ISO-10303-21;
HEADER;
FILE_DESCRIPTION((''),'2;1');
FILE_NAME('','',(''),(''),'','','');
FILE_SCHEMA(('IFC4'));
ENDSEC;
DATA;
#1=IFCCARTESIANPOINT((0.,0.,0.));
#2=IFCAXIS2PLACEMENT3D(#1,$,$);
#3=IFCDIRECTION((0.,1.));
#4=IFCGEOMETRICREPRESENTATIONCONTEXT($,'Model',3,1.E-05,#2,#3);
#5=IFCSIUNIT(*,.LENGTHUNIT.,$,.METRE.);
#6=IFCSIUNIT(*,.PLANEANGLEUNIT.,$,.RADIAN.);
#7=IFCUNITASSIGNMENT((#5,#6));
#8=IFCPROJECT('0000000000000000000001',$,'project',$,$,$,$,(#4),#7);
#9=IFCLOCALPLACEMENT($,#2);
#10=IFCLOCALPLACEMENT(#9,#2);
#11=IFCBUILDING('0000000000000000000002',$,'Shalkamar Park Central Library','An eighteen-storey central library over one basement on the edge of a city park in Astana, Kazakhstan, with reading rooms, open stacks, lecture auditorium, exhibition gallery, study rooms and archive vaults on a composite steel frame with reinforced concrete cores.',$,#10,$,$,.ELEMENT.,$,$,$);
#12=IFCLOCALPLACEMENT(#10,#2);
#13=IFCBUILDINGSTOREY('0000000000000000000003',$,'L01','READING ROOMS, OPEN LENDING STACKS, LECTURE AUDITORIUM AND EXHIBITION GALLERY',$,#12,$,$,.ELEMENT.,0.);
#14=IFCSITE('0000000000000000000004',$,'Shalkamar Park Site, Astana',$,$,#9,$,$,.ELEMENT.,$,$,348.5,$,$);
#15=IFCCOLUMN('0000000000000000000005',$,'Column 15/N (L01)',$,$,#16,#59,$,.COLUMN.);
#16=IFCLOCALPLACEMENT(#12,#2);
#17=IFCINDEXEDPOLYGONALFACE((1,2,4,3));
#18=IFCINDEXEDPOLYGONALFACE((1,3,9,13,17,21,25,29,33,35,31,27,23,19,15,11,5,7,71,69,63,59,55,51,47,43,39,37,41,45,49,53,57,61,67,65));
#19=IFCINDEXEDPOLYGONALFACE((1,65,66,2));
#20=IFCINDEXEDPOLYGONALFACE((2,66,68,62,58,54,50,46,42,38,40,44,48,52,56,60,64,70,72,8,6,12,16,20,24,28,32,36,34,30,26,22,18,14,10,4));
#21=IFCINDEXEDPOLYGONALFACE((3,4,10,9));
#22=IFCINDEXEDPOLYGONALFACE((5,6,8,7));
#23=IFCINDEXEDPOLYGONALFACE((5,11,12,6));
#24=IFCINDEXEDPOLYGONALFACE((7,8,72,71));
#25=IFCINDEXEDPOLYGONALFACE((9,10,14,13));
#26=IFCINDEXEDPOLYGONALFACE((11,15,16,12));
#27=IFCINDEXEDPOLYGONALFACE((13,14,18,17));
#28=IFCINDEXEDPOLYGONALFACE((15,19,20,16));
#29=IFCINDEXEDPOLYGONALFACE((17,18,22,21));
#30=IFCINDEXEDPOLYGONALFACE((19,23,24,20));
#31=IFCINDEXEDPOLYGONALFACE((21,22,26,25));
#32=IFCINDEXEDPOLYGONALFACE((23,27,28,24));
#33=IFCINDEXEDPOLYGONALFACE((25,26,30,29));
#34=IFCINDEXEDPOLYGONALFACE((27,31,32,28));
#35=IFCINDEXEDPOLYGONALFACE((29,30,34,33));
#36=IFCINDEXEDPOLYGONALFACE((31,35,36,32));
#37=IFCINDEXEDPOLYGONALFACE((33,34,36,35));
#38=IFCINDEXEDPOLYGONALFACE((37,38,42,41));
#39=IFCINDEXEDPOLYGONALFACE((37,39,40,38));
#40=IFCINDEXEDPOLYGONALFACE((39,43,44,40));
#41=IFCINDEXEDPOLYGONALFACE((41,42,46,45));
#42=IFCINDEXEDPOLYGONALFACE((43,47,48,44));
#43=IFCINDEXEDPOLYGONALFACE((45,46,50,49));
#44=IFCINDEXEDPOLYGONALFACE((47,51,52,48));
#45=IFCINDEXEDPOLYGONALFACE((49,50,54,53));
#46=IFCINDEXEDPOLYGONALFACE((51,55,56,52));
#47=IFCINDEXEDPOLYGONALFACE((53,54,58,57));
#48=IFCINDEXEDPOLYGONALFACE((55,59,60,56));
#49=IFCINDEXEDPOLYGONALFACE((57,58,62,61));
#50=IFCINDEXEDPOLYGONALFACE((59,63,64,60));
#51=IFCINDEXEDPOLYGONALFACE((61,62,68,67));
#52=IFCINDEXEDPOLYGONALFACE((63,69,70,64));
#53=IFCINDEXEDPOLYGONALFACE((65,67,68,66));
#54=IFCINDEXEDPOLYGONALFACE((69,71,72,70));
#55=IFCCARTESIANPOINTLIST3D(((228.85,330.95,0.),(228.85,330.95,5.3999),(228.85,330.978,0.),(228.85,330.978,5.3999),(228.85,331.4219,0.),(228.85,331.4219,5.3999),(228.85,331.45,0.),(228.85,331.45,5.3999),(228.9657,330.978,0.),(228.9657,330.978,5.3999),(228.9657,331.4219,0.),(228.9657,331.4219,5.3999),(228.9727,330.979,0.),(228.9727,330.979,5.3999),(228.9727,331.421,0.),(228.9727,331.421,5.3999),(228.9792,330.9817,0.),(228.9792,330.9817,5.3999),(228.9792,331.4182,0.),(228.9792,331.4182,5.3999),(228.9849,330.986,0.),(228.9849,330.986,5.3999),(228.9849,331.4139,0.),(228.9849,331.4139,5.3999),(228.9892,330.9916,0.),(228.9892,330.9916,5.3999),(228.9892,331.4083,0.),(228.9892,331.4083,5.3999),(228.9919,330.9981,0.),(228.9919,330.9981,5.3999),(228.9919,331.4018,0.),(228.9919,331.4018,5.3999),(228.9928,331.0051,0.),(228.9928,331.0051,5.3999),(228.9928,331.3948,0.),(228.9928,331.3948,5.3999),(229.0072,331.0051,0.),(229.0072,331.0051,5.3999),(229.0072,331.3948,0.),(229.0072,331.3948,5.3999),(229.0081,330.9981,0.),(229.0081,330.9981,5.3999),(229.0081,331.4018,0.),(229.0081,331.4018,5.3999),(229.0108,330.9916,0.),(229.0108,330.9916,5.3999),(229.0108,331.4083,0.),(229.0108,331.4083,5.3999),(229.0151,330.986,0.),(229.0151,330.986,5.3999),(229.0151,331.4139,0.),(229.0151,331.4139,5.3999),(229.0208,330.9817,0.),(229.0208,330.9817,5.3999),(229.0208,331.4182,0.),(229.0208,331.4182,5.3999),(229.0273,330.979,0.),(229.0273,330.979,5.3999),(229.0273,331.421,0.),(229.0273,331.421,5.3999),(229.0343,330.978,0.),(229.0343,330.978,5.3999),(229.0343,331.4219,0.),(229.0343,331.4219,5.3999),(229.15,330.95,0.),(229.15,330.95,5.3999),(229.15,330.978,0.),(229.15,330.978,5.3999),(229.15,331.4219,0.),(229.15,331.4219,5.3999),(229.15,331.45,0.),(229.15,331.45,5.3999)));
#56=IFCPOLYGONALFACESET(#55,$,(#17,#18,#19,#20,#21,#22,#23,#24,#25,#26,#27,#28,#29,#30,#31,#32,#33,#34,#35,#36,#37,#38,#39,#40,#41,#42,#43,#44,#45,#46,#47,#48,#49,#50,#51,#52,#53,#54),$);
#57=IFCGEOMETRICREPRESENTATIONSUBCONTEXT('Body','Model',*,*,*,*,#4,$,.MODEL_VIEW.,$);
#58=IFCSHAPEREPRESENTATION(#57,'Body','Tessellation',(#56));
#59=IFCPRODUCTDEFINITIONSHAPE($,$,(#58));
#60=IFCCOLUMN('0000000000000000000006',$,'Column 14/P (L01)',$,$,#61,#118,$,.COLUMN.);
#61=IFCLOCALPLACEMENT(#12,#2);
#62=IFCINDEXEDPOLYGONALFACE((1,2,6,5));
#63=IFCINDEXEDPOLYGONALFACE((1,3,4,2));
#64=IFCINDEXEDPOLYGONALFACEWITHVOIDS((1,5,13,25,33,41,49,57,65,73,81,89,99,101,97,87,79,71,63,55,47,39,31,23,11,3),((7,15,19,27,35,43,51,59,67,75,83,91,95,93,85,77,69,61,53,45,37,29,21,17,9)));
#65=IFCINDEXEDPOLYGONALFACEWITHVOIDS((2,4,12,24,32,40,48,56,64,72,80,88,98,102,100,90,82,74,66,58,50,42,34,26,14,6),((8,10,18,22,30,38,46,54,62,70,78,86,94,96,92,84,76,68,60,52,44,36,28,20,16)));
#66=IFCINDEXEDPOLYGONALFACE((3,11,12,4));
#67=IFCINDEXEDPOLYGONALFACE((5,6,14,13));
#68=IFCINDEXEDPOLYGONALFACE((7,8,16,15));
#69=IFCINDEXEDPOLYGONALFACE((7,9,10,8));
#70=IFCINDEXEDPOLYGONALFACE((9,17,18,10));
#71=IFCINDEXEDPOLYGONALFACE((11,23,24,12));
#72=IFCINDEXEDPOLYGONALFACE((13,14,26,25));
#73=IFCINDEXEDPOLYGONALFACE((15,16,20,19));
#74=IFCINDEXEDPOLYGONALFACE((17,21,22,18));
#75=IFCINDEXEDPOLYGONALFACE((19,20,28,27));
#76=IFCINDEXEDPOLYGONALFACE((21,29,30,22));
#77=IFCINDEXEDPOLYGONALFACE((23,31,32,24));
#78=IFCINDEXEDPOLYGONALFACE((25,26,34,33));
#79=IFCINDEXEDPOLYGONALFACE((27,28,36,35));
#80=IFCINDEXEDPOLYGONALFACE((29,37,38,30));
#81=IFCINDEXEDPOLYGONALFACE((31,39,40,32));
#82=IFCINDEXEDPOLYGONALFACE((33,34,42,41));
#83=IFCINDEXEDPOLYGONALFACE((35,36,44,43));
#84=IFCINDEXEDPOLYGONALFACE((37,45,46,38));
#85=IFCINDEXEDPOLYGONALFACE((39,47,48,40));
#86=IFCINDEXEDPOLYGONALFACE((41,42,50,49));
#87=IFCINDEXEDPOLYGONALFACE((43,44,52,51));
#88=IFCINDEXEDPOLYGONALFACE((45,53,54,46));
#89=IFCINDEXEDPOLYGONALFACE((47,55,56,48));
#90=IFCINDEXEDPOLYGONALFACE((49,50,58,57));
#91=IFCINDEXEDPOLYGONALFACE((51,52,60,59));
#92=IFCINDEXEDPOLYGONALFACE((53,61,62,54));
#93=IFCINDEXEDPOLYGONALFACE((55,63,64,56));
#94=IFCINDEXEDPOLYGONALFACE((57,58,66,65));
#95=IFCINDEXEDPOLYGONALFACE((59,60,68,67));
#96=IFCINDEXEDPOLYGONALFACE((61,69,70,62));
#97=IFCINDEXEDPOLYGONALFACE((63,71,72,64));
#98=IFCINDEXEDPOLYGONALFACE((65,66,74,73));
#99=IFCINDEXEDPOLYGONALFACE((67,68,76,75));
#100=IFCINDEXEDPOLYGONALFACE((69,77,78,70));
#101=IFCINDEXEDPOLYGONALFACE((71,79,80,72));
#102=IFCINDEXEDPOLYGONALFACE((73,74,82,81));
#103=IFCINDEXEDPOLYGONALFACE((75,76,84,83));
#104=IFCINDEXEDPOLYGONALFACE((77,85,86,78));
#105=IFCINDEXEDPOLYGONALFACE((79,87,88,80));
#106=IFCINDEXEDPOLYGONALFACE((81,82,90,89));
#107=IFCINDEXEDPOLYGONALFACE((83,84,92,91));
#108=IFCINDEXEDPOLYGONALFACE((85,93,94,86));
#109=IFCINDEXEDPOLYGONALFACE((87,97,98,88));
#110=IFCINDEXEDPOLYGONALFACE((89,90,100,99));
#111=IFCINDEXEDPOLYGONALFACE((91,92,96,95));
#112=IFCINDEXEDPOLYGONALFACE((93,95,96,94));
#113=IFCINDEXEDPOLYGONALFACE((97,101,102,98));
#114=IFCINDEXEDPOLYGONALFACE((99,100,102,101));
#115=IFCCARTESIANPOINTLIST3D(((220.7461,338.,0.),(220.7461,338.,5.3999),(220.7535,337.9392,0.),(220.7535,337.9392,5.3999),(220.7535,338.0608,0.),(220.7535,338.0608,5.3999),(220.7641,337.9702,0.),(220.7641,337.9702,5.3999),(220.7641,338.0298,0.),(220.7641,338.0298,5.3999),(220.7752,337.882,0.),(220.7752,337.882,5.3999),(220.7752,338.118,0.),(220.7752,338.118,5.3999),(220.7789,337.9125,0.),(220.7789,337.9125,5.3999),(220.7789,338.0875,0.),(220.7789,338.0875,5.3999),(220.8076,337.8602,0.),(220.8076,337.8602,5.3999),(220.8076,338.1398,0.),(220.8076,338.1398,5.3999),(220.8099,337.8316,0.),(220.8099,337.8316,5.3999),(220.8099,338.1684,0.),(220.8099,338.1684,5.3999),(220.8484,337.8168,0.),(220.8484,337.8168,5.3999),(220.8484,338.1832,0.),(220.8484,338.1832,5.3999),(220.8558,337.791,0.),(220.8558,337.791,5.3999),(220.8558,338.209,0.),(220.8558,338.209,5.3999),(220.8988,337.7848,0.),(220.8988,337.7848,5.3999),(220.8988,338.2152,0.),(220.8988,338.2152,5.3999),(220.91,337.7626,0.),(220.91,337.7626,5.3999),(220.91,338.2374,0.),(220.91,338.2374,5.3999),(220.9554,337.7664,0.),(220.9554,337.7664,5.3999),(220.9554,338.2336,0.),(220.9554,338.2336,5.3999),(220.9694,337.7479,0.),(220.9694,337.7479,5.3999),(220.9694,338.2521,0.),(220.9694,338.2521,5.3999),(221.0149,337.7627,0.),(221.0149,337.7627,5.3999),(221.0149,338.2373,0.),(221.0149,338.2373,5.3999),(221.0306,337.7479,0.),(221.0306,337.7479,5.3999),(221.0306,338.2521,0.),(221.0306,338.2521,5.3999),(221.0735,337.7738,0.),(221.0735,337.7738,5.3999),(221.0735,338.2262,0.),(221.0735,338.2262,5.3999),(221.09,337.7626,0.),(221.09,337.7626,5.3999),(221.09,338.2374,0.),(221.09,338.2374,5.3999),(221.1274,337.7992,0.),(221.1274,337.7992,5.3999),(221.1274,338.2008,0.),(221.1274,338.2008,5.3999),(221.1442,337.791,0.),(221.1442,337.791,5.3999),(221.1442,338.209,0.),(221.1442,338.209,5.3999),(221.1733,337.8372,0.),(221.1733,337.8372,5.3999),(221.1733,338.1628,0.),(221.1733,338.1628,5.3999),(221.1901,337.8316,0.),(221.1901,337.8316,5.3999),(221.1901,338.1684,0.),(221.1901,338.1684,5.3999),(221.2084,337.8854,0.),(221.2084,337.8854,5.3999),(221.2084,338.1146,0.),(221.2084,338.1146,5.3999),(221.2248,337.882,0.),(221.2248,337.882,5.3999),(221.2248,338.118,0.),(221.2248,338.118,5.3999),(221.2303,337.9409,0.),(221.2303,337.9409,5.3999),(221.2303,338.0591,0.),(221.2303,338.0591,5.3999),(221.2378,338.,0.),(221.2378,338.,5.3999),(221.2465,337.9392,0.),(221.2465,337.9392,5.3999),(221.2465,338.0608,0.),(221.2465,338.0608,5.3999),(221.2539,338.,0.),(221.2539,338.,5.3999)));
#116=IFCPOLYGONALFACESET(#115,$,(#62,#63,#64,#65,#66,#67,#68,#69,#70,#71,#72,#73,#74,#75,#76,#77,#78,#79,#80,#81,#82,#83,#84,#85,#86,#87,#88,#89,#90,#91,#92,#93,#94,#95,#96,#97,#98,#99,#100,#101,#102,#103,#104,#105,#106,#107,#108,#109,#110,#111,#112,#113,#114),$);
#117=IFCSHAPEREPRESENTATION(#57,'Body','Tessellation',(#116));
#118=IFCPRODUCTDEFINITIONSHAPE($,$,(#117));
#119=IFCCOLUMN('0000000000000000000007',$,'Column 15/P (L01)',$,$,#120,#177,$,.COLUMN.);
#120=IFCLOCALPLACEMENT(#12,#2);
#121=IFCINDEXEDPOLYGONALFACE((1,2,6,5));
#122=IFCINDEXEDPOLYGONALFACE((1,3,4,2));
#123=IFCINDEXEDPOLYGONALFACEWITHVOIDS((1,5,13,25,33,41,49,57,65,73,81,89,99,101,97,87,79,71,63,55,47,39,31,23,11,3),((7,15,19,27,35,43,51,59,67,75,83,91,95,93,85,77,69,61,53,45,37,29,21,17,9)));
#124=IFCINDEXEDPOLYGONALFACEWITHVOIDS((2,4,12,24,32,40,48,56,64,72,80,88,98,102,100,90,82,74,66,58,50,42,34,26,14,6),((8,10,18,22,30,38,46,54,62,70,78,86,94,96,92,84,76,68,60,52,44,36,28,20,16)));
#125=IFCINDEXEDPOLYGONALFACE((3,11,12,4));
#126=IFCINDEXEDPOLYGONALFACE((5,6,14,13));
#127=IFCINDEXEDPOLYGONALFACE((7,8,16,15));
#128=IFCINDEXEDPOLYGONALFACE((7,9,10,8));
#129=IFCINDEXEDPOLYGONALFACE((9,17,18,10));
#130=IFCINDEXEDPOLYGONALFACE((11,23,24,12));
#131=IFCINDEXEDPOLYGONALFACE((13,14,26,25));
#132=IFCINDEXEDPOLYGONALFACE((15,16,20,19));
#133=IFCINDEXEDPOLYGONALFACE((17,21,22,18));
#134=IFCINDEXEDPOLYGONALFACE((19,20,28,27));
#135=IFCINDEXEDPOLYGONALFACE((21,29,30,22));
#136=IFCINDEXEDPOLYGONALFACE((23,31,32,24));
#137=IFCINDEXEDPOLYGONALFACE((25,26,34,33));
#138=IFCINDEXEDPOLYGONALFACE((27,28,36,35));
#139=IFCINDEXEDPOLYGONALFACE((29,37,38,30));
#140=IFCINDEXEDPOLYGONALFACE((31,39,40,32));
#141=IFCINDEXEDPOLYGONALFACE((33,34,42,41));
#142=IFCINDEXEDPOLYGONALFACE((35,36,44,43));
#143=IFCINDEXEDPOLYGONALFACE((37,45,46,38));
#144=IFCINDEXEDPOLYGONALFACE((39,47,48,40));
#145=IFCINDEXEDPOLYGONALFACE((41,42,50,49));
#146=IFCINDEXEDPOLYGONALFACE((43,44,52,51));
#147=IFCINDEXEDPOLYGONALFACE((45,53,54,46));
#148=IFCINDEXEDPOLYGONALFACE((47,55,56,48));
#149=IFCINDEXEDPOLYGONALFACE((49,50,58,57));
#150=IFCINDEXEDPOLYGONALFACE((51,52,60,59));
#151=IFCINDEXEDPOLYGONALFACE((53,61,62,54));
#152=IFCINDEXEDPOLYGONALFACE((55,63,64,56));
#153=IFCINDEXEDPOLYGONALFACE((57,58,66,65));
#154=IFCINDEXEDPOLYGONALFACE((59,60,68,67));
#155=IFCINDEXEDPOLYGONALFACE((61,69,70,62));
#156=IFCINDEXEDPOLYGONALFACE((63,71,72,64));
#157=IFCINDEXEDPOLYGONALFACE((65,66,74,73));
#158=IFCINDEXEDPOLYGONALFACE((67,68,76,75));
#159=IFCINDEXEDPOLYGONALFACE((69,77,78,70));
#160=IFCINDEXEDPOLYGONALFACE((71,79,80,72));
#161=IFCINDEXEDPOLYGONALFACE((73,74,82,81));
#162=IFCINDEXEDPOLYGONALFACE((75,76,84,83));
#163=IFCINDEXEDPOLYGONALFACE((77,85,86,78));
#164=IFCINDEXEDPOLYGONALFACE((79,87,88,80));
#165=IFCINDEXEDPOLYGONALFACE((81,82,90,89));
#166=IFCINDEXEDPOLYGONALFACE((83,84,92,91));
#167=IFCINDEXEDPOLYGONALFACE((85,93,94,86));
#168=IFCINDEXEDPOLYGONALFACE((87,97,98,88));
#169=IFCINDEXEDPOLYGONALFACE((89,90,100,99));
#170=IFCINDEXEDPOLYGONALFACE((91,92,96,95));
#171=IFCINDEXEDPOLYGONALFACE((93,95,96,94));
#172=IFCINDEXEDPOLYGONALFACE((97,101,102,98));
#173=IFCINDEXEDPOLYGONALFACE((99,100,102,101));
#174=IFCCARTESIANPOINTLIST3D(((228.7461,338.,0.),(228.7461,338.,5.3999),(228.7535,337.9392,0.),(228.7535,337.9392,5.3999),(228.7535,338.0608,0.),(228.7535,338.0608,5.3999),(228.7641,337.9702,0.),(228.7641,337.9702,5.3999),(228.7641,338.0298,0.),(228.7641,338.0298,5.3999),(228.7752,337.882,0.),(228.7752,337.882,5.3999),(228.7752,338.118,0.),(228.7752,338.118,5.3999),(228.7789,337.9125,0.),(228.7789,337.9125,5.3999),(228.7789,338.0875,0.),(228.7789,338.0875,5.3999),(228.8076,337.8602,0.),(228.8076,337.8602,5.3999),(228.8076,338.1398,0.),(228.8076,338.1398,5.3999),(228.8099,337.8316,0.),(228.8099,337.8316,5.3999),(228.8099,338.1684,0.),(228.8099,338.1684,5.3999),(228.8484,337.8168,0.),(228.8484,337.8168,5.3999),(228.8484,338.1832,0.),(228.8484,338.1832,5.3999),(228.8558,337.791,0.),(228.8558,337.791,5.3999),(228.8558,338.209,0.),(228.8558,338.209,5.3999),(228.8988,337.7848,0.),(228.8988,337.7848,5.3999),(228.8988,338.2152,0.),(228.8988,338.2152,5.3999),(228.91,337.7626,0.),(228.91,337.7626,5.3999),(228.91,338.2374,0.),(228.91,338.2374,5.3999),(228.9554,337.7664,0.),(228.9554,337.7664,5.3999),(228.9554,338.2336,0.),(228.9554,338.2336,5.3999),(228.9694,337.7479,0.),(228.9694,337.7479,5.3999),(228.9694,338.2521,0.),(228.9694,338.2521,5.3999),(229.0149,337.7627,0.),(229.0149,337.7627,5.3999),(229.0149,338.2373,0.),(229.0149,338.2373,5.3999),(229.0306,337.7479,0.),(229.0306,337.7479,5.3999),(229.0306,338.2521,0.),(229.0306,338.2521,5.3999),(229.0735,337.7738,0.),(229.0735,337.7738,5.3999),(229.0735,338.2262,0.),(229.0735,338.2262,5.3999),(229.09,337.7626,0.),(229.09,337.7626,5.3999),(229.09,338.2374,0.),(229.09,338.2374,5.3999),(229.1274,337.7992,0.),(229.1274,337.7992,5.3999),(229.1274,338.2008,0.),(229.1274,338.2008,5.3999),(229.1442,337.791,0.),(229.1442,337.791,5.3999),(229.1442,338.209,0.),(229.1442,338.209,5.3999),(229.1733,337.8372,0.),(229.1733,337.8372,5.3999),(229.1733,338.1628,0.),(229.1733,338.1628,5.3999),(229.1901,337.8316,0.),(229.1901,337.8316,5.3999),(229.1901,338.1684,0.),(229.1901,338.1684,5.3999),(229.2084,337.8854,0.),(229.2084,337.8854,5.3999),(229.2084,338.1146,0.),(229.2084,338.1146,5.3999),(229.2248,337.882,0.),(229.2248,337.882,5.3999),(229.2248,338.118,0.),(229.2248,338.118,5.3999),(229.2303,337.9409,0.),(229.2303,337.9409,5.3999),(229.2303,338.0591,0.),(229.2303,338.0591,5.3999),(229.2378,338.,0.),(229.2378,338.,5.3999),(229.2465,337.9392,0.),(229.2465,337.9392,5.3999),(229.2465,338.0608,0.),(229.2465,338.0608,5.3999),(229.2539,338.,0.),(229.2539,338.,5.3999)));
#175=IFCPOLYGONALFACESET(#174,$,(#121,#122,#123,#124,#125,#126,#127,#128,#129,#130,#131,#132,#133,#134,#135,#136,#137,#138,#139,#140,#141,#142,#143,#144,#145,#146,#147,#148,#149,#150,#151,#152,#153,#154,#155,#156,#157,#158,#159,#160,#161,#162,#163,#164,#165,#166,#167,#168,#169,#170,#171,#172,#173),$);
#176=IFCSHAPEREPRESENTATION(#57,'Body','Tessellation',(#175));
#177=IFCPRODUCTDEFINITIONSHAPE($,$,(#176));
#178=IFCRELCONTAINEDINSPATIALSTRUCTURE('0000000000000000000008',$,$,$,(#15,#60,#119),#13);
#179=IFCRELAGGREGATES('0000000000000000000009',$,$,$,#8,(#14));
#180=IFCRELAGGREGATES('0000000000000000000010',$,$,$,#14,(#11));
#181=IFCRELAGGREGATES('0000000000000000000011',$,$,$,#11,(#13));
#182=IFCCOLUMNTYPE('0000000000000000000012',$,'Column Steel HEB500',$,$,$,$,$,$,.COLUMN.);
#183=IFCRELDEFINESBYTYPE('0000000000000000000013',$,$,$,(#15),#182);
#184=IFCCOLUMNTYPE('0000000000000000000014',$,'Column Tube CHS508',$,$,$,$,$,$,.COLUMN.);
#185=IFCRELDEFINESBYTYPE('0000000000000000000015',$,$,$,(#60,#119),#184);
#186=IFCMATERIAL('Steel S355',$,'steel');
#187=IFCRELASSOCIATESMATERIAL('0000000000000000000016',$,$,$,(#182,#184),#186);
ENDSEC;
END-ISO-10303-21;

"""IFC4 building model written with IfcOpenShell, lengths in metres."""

from ifc_helpers import new_model, si_unit, direction, frame, origin, origin_2d, place, context, subcontext, project, spatial, hollow_circle, i_section, extrude, material, material_profile, profile_set, type_object, element, save


model = new_model("IFC4")

# Units and contexts
model_context = context("Model", 3, precision=1e-05, world=origin(), true_north=direction((0.0, 1.0)))
body_context = subcontext(model_context, "Body", "Model", "MODEL_VIEW")
ifc_project = project(units=[si_unit("LENGTHUNIT", "METRE"), si_unit("PLANEANGLEUNIT", "RADIAN")], contexts=[model_context])

# Site, building, storey
site_placement = place(None, origin())
site = spatial("IfcSite", under=ifc_project, at=site_placement, Name="Shalkamar Park Site, Astana", CompositionType="ELEMENT", RefElevation=348.5)
building_placement = place(site_placement, origin())
building = spatial("IfcBuilding", under=site, at=building_placement, Name="Shalkamar Park Central Library", Description="An eighteen-storey central library over one basement on the edge of a city park in Astana, Kazakhstan, with reading rooms, open stacks, lecture auditorium, exhibition gallery, study rooms and archive vaults on a composite steel frame with reinforced concrete cores.", CompositionType="ELEMENT")
storey_placement = place(building_placement, origin())
storey = spatial("IfcBuildingStorey", under=building, at=storey_placement, Name="L01", Description="READING ROOMS, OPEN LENDING STACKS, LECTURE AUDITORIUM AND EXHIBITION GALLERY", CompositionType="ELEMENT", Elevation=0.0)

# Columns
ifc_material = material(Name="Steel S355", Category="steel")
ifc_material_profile_1 = material_profile(ifc_material, i_section(OverallWidth=0.3, OverallDepth=0.5, WebThickness=0.0144, FlangeThickness=0.0281, FilletRadius=0.0271, at=origin_2d()), Name="HEB 500")
ifc_profile_set_1 = profile_set([ifc_material_profile_1], Name="Steel S355")
column_type_1 = type_object("IfcColumnType", Name="Column Steel HEB500", PredefinedType="COLUMN", material=ifc_profile_set_1)
for number, where, z_axis, x_axis, name in (
    (1, (229.0, 331.2, 0.0), (0.0, 0.0, 1.0), (1.0, 0.0, 0.0), "Column 15/N (L01)"),
):
    element("IfcColumn", number, at=place(storey_placement, frame(where, z_axis=z_axis, x_axis=x_axis)), inside=storey, type_object=column_type_1, Name=name, PredefinedType="COLUMN", context=body_context, shape_type="SweptSolid", body=[
        extrude(i_section(OverallWidth=0.3, OverallDepth=0.5, WebThickness=0.0144, FlangeThickness=0.0281, FilletRadius=0.0271, at=origin_2d()), origin(), (0.0, 0.0, 1.0), 5.3999),
    ])
ifc_material_profile_2 = material_profile(ifc_material, hollow_circle(Radius=0.2539, WallThickness=0.0161, at=origin_2d()), Name="CHS 508x16")
ifc_profile_set_2 = profile_set([ifc_material_profile_2], Name="Steel S355")
column_type_2 = type_object("IfcColumnType", Name="Column Tube CHS508", PredefinedType="COLUMN", material=ifc_profile_set_2)
for number, where, z_axis, x_axis, name in (
    (2, (221.0, 338.0, 0.0), (0.0, 0.0, 1.0), (1.0, 0.0, 0.0), "Column 14/P (L01)"),
    (3, (229.0, 338.0, 0.0), (0.0, 0.0, 1.0), (1.0, 0.0, 0.0), "Column 15/P (L01)"),
):
    element("IfcColumn", number, at=place(storey_placement, frame(where, z_axis=z_axis, x_axis=x_axis)), inside=storey, type_object=column_type_2, Name=name, PredefinedType="COLUMN", context=body_context, shape_type="SweptSolid", body=[
        extrude(hollow_circle(Radius=0.2539, WallThickness=0.0161, at=origin_2d()), origin(), (0.0, 0.0, 1.0), 5.3999),
    ])

save(model, "model.ifc")
